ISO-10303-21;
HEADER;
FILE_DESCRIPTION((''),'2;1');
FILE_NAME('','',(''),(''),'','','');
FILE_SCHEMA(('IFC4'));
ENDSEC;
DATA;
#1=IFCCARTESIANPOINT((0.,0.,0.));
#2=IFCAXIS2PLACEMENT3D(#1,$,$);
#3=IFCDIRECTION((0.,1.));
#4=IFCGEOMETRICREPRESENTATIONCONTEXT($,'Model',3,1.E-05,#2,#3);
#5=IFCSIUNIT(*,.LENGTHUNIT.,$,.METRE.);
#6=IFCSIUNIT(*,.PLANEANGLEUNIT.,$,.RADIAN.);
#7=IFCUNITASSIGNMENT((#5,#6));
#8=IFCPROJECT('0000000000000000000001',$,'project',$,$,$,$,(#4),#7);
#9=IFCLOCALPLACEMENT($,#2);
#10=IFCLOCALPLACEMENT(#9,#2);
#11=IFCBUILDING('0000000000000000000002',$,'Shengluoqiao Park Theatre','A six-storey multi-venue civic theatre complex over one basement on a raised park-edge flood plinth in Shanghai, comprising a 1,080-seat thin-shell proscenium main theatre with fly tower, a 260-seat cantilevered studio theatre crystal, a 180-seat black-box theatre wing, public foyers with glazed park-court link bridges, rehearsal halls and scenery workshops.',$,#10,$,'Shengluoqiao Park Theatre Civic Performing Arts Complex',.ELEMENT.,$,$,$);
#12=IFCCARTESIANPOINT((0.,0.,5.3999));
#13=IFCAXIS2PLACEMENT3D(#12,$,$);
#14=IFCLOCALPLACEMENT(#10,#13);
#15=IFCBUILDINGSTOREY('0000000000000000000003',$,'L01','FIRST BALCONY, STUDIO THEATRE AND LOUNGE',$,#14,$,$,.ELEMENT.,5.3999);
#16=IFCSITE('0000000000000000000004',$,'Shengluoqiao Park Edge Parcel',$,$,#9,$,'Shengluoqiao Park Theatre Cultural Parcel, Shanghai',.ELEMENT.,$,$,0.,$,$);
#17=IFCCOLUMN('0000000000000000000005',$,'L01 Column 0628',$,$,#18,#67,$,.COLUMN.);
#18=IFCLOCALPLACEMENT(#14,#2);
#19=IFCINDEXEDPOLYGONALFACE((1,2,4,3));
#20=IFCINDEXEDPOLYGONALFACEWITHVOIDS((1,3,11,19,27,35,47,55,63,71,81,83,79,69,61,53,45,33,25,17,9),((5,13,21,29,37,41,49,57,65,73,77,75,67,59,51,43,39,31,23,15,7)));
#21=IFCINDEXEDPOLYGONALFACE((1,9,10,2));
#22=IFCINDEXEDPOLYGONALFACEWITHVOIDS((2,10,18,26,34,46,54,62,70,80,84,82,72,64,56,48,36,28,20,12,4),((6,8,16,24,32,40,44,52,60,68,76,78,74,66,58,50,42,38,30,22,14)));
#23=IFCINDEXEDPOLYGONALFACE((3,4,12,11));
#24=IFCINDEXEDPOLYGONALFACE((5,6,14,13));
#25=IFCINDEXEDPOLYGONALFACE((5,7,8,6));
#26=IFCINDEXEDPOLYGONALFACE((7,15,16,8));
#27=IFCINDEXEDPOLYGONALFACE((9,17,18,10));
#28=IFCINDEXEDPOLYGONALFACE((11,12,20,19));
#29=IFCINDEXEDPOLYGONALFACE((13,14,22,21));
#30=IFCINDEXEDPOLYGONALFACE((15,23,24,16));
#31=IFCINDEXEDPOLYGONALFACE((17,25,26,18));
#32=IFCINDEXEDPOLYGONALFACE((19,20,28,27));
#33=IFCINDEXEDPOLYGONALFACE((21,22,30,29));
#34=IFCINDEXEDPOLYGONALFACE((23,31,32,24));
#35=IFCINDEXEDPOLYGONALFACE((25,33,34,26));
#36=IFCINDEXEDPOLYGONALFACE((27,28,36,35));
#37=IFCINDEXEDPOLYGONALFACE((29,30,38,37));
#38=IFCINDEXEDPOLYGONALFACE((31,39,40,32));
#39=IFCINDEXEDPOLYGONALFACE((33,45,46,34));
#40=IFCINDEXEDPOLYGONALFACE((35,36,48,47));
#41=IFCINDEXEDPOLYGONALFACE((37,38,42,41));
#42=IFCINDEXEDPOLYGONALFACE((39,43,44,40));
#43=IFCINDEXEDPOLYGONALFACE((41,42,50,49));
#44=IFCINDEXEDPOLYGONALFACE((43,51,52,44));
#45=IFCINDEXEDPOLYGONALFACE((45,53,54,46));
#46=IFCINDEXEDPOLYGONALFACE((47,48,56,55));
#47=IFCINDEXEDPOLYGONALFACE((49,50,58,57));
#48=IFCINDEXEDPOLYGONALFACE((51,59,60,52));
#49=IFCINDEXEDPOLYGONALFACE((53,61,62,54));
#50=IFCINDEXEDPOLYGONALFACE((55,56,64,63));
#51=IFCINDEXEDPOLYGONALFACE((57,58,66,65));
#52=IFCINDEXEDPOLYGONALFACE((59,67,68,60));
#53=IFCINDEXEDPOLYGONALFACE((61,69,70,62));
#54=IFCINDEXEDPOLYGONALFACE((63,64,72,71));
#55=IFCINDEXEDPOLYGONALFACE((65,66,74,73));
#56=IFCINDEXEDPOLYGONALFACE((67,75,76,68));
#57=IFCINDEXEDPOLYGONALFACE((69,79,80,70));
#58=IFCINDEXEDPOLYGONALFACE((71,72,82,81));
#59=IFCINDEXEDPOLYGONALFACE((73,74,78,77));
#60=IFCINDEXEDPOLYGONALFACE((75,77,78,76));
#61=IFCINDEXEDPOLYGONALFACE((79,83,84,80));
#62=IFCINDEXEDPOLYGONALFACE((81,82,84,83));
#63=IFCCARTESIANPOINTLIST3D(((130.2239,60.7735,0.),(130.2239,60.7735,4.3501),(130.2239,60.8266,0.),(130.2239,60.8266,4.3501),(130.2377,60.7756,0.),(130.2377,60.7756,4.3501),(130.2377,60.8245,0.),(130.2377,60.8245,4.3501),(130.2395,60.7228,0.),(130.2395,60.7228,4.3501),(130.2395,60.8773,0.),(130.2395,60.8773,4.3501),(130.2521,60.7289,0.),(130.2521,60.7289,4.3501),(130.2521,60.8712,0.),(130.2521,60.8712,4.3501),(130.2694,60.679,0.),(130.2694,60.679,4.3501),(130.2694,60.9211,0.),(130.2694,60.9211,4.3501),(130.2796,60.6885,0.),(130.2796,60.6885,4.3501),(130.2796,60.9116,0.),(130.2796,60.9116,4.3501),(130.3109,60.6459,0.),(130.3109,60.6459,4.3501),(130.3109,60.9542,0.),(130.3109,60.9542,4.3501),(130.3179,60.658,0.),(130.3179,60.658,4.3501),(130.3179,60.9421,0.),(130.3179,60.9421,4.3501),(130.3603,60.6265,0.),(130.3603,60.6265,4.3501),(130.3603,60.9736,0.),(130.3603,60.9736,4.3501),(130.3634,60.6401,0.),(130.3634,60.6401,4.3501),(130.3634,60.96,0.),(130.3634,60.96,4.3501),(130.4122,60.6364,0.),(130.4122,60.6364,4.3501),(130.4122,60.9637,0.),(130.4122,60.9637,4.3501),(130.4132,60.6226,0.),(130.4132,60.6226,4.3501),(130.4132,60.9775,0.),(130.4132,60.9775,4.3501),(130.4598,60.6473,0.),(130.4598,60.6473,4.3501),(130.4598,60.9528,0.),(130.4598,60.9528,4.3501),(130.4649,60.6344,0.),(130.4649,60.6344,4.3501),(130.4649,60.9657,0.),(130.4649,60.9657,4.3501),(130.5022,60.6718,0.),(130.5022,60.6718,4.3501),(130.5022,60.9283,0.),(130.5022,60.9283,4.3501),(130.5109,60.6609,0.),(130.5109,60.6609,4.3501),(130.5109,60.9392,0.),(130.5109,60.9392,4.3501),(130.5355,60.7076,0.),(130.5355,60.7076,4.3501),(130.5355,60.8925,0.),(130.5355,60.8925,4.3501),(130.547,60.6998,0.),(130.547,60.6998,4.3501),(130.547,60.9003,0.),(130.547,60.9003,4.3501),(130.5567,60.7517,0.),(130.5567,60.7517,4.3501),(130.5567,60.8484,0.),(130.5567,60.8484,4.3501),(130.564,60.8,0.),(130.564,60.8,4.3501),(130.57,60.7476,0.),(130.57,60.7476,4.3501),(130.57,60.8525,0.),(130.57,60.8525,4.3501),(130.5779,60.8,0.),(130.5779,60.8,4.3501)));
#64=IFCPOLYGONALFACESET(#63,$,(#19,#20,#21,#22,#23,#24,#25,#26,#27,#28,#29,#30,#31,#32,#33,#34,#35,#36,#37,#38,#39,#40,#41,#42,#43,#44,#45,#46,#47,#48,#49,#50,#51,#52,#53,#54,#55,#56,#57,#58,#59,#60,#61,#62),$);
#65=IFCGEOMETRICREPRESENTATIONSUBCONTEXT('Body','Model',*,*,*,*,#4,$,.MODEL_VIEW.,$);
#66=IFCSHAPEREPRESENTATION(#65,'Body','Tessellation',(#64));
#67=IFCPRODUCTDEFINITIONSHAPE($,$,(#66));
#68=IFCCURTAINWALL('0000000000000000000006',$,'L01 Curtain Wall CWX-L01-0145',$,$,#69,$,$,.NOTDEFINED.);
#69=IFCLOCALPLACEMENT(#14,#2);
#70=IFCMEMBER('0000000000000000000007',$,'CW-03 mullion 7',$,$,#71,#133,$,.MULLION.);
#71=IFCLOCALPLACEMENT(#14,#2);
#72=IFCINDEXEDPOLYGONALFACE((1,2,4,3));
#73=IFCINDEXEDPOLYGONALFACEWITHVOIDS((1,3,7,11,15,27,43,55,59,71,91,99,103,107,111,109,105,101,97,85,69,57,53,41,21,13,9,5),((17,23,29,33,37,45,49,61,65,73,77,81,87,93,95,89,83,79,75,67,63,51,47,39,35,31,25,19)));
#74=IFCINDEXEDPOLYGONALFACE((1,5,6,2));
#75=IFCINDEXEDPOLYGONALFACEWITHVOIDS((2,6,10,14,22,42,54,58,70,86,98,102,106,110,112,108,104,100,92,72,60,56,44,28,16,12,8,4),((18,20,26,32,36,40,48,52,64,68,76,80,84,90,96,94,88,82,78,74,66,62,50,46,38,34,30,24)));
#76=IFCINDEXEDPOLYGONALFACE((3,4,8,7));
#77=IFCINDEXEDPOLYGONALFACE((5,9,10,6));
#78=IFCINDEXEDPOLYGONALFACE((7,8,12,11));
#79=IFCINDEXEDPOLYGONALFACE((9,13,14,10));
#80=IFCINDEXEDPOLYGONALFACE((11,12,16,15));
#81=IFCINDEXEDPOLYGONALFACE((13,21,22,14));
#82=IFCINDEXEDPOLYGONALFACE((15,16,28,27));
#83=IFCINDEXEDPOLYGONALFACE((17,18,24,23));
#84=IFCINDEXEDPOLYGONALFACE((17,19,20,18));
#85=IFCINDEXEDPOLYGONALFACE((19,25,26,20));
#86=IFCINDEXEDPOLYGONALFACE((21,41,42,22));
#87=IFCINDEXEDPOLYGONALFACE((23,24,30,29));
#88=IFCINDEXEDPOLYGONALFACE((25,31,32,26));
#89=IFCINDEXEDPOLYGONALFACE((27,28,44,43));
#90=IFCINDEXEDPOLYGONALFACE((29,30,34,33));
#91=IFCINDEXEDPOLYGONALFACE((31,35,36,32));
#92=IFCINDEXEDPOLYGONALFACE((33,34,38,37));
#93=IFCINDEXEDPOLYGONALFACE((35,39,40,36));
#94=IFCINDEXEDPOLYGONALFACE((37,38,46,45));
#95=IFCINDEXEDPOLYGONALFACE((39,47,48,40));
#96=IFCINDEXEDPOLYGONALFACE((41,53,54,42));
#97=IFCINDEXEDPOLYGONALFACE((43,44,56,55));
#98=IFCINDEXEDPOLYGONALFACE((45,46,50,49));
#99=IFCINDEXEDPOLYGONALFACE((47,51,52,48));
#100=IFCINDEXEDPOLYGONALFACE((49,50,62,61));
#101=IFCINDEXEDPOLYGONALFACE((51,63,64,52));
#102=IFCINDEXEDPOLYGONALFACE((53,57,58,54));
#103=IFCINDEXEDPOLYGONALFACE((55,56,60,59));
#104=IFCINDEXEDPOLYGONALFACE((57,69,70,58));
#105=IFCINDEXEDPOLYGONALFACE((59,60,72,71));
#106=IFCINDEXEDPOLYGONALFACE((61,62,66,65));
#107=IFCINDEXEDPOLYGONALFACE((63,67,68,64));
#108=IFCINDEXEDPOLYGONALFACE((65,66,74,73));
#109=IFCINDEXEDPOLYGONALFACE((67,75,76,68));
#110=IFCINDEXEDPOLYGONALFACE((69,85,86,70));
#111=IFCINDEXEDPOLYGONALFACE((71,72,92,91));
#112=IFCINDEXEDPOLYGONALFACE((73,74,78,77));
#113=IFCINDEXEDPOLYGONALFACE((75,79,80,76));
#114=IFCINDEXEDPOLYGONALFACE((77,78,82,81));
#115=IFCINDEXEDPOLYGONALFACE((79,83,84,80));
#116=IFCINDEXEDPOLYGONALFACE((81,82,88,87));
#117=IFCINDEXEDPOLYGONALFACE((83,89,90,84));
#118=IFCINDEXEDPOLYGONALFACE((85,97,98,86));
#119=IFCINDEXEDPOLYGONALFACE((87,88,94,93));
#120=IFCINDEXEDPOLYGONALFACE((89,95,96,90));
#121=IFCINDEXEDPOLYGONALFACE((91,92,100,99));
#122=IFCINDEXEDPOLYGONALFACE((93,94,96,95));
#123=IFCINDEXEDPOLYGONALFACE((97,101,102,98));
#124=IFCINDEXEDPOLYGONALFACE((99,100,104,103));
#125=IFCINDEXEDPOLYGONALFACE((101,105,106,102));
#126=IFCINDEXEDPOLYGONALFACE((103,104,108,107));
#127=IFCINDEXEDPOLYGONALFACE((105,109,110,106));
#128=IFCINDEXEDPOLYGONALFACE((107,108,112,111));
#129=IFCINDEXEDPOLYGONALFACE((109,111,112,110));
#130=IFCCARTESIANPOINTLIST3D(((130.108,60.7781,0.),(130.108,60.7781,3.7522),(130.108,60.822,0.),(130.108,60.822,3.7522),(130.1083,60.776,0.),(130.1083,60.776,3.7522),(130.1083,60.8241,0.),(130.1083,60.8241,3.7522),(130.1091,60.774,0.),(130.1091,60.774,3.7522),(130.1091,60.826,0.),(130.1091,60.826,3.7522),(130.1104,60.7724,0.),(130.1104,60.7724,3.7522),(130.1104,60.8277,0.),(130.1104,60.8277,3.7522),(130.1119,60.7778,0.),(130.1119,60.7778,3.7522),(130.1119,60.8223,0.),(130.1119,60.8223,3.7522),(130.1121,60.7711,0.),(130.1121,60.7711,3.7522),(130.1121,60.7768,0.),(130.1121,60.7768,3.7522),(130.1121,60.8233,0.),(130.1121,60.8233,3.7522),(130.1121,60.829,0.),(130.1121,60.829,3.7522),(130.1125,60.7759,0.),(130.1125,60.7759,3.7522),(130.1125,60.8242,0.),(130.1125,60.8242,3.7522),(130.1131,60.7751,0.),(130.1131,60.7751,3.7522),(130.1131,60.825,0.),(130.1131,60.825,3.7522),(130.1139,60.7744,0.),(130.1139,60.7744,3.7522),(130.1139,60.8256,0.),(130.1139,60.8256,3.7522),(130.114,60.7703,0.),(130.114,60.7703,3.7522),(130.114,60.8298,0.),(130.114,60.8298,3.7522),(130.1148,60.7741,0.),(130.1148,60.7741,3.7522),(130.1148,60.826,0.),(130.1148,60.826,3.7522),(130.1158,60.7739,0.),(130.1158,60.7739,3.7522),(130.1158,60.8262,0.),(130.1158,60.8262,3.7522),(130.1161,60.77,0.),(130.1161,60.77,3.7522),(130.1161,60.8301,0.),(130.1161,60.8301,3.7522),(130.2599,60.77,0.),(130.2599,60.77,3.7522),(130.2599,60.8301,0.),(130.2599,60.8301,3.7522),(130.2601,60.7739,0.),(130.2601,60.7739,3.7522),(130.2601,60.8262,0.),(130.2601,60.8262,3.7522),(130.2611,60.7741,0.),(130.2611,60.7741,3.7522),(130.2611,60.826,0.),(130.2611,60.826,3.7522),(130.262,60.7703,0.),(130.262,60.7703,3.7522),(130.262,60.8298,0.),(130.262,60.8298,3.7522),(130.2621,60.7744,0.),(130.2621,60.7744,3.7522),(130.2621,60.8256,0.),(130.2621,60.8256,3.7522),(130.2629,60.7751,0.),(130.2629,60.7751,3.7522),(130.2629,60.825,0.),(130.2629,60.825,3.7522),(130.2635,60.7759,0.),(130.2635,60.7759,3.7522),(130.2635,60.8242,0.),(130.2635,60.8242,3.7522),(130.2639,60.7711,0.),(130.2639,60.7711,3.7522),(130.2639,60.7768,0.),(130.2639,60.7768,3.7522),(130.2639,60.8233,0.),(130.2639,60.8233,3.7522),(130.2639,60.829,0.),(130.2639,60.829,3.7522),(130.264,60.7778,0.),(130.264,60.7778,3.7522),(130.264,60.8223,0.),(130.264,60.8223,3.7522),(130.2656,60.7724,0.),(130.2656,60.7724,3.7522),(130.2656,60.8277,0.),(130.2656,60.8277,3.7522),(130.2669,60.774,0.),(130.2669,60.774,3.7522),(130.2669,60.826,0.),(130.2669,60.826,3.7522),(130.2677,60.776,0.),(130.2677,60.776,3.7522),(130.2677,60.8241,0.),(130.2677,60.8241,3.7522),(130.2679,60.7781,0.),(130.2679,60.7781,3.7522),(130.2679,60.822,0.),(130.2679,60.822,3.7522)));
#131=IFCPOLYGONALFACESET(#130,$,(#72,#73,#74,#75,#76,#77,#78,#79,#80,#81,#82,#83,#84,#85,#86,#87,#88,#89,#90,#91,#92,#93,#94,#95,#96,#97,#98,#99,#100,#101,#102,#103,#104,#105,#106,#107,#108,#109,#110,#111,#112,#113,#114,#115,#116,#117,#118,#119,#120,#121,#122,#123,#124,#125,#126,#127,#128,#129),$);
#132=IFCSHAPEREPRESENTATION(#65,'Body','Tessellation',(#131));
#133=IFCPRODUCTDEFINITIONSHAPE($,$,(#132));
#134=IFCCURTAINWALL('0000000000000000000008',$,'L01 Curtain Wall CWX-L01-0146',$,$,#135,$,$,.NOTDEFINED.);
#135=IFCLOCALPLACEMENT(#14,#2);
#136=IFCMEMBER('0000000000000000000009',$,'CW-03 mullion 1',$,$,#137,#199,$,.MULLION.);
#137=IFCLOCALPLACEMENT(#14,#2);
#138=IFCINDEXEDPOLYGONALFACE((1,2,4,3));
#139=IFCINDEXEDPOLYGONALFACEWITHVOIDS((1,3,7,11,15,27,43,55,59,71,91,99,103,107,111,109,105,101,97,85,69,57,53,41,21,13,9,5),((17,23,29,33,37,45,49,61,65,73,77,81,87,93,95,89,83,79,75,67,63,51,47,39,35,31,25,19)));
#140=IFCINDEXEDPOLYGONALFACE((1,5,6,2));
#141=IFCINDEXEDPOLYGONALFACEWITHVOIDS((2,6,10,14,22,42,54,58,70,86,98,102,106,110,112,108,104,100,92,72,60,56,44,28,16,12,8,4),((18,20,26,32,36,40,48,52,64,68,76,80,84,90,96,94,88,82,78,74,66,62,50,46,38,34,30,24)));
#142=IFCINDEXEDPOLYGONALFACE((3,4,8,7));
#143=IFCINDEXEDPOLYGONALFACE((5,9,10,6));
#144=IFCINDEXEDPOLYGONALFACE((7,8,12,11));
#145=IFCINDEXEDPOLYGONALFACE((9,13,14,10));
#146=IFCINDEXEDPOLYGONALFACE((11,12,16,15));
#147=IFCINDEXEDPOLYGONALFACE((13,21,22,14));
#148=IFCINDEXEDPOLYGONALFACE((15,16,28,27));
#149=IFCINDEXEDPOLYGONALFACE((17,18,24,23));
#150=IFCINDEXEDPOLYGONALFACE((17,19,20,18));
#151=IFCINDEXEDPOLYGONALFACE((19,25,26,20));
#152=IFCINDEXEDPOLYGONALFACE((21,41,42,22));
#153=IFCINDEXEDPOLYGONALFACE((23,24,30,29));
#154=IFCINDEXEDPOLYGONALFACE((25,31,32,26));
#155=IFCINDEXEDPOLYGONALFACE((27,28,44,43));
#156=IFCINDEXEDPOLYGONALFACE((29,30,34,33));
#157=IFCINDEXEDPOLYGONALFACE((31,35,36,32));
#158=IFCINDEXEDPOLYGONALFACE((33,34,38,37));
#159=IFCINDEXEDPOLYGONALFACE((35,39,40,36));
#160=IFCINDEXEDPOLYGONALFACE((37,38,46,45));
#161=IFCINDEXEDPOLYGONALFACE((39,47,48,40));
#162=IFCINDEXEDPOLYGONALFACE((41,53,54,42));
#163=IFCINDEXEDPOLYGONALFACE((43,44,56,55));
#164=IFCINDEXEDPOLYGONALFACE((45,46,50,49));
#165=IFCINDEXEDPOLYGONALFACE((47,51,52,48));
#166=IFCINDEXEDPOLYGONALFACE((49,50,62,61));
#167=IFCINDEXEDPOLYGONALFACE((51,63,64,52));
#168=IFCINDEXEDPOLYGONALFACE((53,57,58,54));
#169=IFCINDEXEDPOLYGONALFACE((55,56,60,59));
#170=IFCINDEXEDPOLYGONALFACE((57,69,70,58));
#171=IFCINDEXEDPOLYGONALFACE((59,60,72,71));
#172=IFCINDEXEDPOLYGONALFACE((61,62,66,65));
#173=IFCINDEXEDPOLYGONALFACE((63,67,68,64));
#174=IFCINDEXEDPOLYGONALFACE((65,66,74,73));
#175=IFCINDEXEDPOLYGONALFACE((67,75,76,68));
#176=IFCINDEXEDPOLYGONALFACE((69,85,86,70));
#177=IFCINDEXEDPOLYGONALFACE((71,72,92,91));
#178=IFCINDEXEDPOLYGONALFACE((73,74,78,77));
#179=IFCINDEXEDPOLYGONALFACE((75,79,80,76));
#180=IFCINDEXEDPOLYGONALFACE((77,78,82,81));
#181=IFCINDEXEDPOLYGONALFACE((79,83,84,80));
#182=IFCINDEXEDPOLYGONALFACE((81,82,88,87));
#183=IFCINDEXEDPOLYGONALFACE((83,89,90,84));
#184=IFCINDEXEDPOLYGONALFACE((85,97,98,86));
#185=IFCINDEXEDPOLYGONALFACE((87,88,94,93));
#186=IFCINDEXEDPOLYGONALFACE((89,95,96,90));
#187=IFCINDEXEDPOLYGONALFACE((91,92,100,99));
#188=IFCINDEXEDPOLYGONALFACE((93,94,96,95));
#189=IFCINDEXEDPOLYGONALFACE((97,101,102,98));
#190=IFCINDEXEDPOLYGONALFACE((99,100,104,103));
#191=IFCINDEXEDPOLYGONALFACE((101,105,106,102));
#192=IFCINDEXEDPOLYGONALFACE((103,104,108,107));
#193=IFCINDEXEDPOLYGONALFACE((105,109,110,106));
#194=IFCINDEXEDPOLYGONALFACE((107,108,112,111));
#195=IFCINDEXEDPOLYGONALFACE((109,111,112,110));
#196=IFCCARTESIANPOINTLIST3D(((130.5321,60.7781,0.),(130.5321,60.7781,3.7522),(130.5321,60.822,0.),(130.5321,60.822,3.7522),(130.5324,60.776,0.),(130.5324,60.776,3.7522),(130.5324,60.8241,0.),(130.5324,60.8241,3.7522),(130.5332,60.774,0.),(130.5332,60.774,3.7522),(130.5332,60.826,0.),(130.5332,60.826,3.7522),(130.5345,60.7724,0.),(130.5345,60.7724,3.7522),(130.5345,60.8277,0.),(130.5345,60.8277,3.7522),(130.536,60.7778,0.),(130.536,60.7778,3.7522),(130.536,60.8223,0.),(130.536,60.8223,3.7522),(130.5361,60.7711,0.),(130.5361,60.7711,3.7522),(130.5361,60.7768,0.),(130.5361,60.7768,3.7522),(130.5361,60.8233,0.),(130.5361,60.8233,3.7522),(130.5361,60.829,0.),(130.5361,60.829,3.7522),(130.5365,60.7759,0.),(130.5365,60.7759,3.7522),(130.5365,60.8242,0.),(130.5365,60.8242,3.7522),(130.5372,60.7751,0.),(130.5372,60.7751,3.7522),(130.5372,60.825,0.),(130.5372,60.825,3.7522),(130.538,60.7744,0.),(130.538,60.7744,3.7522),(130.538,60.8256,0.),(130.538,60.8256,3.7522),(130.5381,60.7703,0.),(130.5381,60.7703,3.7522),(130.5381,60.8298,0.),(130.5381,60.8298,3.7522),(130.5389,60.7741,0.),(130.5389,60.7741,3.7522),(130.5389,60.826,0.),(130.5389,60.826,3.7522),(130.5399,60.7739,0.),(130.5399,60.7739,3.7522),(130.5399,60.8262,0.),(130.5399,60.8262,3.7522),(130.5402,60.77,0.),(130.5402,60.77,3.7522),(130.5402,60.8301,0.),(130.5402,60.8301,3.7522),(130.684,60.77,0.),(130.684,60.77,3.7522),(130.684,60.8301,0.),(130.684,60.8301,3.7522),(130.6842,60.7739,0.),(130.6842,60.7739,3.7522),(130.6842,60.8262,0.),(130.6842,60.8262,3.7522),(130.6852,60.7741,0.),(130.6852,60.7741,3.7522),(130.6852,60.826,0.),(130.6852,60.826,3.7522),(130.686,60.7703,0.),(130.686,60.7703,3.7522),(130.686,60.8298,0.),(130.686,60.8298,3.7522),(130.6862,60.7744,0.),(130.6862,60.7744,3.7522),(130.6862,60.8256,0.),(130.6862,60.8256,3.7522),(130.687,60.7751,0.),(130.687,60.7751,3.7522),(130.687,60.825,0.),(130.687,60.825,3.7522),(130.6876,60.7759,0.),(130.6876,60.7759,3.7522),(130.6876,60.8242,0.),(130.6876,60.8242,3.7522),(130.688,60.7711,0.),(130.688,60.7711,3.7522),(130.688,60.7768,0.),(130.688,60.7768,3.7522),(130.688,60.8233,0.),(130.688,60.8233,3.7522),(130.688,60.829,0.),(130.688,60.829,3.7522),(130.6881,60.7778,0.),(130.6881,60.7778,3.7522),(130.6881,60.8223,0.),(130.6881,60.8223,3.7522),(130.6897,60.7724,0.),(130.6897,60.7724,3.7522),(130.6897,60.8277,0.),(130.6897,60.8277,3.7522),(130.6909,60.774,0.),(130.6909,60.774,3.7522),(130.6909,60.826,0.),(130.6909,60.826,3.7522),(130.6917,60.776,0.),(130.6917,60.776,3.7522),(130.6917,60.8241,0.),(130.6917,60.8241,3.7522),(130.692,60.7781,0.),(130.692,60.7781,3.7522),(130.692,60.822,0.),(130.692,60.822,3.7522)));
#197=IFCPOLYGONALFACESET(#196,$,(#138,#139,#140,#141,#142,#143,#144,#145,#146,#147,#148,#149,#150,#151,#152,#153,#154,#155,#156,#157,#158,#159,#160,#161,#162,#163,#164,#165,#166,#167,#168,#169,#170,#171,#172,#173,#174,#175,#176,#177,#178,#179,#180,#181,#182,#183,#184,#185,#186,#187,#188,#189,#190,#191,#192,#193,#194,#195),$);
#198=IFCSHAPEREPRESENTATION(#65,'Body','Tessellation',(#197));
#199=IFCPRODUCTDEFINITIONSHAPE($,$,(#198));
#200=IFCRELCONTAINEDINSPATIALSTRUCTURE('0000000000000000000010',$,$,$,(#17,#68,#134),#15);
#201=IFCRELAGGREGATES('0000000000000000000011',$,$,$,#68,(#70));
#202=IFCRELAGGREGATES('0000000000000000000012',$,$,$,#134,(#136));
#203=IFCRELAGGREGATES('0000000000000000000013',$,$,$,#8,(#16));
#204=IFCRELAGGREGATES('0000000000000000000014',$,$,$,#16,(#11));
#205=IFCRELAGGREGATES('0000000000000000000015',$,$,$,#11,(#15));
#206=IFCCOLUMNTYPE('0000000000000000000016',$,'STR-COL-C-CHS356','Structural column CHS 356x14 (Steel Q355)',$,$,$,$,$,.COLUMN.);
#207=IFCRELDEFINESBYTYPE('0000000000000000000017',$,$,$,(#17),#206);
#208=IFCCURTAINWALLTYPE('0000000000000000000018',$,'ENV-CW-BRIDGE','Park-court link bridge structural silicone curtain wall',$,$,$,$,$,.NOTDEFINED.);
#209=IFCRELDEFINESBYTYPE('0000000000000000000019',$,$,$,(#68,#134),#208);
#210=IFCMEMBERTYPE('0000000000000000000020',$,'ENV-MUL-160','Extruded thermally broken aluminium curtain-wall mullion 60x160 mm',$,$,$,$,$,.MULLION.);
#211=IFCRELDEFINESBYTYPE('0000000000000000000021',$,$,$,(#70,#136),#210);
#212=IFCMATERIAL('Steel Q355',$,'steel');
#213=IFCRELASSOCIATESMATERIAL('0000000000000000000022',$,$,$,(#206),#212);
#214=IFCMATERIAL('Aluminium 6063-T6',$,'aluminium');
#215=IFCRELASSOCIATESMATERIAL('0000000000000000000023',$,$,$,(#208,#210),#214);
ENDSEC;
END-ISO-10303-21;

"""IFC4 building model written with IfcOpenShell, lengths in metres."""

from ifc_helpers import new_model, si_unit, direction, frame, origin, origin_2d, place, context, subcontext, project, spatial, hollow_rectangle, hollow_circle, extrude, material, material_profile, profile_set, type_object, element, aggregate, save


model = new_model("IFC4")

# Units and contexts
model_context = context("Model", 3, precision=1e-05, world=origin(), true_north=direction((0.0, 1.0)))
body_context = subcontext(model_context, "Body", "Model", "MODEL_VIEW")
ifc_project = project(units=[si_unit("LENGTHUNIT", "METRE"), si_unit("PLANEANGLEUNIT", "RADIAN")], contexts=[model_context])

# Site, building, storey
site_placement = place(None, origin())
site = spatial("IfcSite", under=ifc_project, at=site_placement, Name="Shengluoqiao Park Edge Parcel", LongName="Shengluoqiao Park Theatre Cultural Parcel, Shanghai", CompositionType="ELEMENT", RefElevation=0.0)
building_placement = place(site_placement, origin())
building = spatial("IfcBuilding", under=site, at=building_placement, Name="Shengluoqiao Park Theatre", Description="A six-storey multi-venue civic theatre complex over one basement on a raised park-edge flood plinth in Shanghai, comprising a 1,080-seat thin-shell proscenium main theatre with fly tower, a 260-seat cantilevered studio theatre crystal, a 180-seat black-box theatre wing, public foyers with glazed park-court link bridges, rehearsal halls and scenery workshops.", LongName="Shengluoqiao Park Theatre Civic Performing Arts Complex", CompositionType="ELEMENT")
storey_placement = place(building_placement, frame((0.0, 0.0, 5.3999)))
storey = spatial("IfcBuildingStorey", under=building, at=storey_placement, Name="L01", Description="FIRST BALCONY, STUDIO THEATRE AND LOUNGE", CompositionType="ELEMENT", Elevation=5.3999)

# Column
ifc_material_1 = material(Name="Steel Q355", Category="steel")
ifc_material_profile_1 = material_profile(ifc_material_1, hollow_circle(Radius=0.178, WallThickness=0.0139, at=origin_2d()), Name="CHS 356x14")
ifc_profile_set_1 = profile_set([ifc_material_profile_1], Name="Steel Q355")
column_type = type_object("IfcColumnType", Name="STR-COL-C-CHS356", Description="Structural column CHS 356x14 (Steel Q355)", PredefinedType="COLUMN", material=ifc_profile_set_1)
column_placement = place(storey_placement, frame((130.3999, 60.8, 0.0), z_axis=(0.0, 0.0, 1.0), x_axis=(1.0, 0.0, 0.0)))
element("IfcColumn", 1, at=column_placement, inside=storey, type_object=column_type, Name="L01 Column 0628", PredefinedType="COLUMN", context=body_context, shape_type="SweptSolid", body=[
    extrude(hollow_circle(Radius=0.178, WallThickness=0.0139, at=origin_2d()), origin(), (0.0, 0.0, 1.0), 4.3501),
])

# Curtain wall, member
ifc_material_2 = material(Name="Aluminium 6063-T6", Category="aluminium")
curtain_wall_type = type_object("IfcCurtainWallType", Name="ENV-CW-BRIDGE", Description="Park-court link bridge structural silicone curtain wall", PredefinedType="NOTDEFINED", material=ifc_material_2)
curtain_wall_1_placement = place(storey_placement, origin())
curtain_wall_1 = element("IfcCurtainWall", 2, at=curtain_wall_1_placement, inside=storey, type_object=curtain_wall_type, Name="L01 Curtain Wall CWX-L01-0145", PredefinedType="NOTDEFINED")
ifc_material_profile_2 = material_profile(ifc_material_2, hollow_rectangle(XDim=0.0601, YDim=0.1599, WallThickness=0.0039, InnerFilletRadius=0.0039, OuterFilletRadius=0.0081, at=origin_2d()), Name="ALU MULLION 160x60x4")
ifc_profile_set_2 = profile_set([ifc_material_profile_2], Name="Aluminium 6063-T6")
member_type_1 = type_object("IfcMemberType", Name="ENV-MUL-160", Description="Extruded thermally broken aluminium curtain-wall mullion 60x160 mm", PredefinedType="MULLION", material=ifc_profile_set_2)
member_1_placement = place(storey_placement, frame((130.188, 60.8, 0.0), z_axis=(0.0, 0.0, 1.0), x_axis=(0.0, 1.0, 0.0)))
member_1 = element("IfcMember", 3, at=member_1_placement, type_object=member_type_1, Name="CW-03 mullion 7", PredefinedType="MULLION", context=body_context, shape_type="SweptSolid", body=[
    extrude(hollow_rectangle(XDim=0.0601, YDim=0.1599, WallThickness=0.0039, InnerFilletRadius=0.0039, OuterFilletRadius=0.0081, at=origin_2d()), origin(), (0.0, 0.0, 1.0), 3.7522),
])

# Curtain wall, member
curtain_wall_2_placement = place(storey_placement, origin())
curtain_wall_2 = element("IfcCurtainWall", 4, at=curtain_wall_2_placement, inside=storey, type_object=curtain_wall_type, Name="L01 Curtain Wall CWX-L01-0146", PredefinedType="NOTDEFINED")
member_2_placement = place(storey_placement, frame((130.6121, 60.8, 0.0), z_axis=(0.0, 0.0, 1.0), x_axis=(0.0, 1.0, 0.0)))
member_2 = element("IfcMember", 5, at=member_2_placement, type_object=member_type_1, Name="CW-03 mullion 1", PredefinedType="MULLION", context=body_context, shape_type="SweptSolid", body=[
    extrude(hollow_rectangle(XDim=0.0601, YDim=0.1599, WallThickness=0.0039, InnerFilletRadius=0.0039, OuterFilletRadius=0.0081, at=origin_2d()), origin(), (0.0, 0.0, 1.0), 3.7522),
])

aggregate(curtain_wall_1, [member_1])
aggregate(curtain_wall_2, [member_2])

save(model, "model.ifc")
